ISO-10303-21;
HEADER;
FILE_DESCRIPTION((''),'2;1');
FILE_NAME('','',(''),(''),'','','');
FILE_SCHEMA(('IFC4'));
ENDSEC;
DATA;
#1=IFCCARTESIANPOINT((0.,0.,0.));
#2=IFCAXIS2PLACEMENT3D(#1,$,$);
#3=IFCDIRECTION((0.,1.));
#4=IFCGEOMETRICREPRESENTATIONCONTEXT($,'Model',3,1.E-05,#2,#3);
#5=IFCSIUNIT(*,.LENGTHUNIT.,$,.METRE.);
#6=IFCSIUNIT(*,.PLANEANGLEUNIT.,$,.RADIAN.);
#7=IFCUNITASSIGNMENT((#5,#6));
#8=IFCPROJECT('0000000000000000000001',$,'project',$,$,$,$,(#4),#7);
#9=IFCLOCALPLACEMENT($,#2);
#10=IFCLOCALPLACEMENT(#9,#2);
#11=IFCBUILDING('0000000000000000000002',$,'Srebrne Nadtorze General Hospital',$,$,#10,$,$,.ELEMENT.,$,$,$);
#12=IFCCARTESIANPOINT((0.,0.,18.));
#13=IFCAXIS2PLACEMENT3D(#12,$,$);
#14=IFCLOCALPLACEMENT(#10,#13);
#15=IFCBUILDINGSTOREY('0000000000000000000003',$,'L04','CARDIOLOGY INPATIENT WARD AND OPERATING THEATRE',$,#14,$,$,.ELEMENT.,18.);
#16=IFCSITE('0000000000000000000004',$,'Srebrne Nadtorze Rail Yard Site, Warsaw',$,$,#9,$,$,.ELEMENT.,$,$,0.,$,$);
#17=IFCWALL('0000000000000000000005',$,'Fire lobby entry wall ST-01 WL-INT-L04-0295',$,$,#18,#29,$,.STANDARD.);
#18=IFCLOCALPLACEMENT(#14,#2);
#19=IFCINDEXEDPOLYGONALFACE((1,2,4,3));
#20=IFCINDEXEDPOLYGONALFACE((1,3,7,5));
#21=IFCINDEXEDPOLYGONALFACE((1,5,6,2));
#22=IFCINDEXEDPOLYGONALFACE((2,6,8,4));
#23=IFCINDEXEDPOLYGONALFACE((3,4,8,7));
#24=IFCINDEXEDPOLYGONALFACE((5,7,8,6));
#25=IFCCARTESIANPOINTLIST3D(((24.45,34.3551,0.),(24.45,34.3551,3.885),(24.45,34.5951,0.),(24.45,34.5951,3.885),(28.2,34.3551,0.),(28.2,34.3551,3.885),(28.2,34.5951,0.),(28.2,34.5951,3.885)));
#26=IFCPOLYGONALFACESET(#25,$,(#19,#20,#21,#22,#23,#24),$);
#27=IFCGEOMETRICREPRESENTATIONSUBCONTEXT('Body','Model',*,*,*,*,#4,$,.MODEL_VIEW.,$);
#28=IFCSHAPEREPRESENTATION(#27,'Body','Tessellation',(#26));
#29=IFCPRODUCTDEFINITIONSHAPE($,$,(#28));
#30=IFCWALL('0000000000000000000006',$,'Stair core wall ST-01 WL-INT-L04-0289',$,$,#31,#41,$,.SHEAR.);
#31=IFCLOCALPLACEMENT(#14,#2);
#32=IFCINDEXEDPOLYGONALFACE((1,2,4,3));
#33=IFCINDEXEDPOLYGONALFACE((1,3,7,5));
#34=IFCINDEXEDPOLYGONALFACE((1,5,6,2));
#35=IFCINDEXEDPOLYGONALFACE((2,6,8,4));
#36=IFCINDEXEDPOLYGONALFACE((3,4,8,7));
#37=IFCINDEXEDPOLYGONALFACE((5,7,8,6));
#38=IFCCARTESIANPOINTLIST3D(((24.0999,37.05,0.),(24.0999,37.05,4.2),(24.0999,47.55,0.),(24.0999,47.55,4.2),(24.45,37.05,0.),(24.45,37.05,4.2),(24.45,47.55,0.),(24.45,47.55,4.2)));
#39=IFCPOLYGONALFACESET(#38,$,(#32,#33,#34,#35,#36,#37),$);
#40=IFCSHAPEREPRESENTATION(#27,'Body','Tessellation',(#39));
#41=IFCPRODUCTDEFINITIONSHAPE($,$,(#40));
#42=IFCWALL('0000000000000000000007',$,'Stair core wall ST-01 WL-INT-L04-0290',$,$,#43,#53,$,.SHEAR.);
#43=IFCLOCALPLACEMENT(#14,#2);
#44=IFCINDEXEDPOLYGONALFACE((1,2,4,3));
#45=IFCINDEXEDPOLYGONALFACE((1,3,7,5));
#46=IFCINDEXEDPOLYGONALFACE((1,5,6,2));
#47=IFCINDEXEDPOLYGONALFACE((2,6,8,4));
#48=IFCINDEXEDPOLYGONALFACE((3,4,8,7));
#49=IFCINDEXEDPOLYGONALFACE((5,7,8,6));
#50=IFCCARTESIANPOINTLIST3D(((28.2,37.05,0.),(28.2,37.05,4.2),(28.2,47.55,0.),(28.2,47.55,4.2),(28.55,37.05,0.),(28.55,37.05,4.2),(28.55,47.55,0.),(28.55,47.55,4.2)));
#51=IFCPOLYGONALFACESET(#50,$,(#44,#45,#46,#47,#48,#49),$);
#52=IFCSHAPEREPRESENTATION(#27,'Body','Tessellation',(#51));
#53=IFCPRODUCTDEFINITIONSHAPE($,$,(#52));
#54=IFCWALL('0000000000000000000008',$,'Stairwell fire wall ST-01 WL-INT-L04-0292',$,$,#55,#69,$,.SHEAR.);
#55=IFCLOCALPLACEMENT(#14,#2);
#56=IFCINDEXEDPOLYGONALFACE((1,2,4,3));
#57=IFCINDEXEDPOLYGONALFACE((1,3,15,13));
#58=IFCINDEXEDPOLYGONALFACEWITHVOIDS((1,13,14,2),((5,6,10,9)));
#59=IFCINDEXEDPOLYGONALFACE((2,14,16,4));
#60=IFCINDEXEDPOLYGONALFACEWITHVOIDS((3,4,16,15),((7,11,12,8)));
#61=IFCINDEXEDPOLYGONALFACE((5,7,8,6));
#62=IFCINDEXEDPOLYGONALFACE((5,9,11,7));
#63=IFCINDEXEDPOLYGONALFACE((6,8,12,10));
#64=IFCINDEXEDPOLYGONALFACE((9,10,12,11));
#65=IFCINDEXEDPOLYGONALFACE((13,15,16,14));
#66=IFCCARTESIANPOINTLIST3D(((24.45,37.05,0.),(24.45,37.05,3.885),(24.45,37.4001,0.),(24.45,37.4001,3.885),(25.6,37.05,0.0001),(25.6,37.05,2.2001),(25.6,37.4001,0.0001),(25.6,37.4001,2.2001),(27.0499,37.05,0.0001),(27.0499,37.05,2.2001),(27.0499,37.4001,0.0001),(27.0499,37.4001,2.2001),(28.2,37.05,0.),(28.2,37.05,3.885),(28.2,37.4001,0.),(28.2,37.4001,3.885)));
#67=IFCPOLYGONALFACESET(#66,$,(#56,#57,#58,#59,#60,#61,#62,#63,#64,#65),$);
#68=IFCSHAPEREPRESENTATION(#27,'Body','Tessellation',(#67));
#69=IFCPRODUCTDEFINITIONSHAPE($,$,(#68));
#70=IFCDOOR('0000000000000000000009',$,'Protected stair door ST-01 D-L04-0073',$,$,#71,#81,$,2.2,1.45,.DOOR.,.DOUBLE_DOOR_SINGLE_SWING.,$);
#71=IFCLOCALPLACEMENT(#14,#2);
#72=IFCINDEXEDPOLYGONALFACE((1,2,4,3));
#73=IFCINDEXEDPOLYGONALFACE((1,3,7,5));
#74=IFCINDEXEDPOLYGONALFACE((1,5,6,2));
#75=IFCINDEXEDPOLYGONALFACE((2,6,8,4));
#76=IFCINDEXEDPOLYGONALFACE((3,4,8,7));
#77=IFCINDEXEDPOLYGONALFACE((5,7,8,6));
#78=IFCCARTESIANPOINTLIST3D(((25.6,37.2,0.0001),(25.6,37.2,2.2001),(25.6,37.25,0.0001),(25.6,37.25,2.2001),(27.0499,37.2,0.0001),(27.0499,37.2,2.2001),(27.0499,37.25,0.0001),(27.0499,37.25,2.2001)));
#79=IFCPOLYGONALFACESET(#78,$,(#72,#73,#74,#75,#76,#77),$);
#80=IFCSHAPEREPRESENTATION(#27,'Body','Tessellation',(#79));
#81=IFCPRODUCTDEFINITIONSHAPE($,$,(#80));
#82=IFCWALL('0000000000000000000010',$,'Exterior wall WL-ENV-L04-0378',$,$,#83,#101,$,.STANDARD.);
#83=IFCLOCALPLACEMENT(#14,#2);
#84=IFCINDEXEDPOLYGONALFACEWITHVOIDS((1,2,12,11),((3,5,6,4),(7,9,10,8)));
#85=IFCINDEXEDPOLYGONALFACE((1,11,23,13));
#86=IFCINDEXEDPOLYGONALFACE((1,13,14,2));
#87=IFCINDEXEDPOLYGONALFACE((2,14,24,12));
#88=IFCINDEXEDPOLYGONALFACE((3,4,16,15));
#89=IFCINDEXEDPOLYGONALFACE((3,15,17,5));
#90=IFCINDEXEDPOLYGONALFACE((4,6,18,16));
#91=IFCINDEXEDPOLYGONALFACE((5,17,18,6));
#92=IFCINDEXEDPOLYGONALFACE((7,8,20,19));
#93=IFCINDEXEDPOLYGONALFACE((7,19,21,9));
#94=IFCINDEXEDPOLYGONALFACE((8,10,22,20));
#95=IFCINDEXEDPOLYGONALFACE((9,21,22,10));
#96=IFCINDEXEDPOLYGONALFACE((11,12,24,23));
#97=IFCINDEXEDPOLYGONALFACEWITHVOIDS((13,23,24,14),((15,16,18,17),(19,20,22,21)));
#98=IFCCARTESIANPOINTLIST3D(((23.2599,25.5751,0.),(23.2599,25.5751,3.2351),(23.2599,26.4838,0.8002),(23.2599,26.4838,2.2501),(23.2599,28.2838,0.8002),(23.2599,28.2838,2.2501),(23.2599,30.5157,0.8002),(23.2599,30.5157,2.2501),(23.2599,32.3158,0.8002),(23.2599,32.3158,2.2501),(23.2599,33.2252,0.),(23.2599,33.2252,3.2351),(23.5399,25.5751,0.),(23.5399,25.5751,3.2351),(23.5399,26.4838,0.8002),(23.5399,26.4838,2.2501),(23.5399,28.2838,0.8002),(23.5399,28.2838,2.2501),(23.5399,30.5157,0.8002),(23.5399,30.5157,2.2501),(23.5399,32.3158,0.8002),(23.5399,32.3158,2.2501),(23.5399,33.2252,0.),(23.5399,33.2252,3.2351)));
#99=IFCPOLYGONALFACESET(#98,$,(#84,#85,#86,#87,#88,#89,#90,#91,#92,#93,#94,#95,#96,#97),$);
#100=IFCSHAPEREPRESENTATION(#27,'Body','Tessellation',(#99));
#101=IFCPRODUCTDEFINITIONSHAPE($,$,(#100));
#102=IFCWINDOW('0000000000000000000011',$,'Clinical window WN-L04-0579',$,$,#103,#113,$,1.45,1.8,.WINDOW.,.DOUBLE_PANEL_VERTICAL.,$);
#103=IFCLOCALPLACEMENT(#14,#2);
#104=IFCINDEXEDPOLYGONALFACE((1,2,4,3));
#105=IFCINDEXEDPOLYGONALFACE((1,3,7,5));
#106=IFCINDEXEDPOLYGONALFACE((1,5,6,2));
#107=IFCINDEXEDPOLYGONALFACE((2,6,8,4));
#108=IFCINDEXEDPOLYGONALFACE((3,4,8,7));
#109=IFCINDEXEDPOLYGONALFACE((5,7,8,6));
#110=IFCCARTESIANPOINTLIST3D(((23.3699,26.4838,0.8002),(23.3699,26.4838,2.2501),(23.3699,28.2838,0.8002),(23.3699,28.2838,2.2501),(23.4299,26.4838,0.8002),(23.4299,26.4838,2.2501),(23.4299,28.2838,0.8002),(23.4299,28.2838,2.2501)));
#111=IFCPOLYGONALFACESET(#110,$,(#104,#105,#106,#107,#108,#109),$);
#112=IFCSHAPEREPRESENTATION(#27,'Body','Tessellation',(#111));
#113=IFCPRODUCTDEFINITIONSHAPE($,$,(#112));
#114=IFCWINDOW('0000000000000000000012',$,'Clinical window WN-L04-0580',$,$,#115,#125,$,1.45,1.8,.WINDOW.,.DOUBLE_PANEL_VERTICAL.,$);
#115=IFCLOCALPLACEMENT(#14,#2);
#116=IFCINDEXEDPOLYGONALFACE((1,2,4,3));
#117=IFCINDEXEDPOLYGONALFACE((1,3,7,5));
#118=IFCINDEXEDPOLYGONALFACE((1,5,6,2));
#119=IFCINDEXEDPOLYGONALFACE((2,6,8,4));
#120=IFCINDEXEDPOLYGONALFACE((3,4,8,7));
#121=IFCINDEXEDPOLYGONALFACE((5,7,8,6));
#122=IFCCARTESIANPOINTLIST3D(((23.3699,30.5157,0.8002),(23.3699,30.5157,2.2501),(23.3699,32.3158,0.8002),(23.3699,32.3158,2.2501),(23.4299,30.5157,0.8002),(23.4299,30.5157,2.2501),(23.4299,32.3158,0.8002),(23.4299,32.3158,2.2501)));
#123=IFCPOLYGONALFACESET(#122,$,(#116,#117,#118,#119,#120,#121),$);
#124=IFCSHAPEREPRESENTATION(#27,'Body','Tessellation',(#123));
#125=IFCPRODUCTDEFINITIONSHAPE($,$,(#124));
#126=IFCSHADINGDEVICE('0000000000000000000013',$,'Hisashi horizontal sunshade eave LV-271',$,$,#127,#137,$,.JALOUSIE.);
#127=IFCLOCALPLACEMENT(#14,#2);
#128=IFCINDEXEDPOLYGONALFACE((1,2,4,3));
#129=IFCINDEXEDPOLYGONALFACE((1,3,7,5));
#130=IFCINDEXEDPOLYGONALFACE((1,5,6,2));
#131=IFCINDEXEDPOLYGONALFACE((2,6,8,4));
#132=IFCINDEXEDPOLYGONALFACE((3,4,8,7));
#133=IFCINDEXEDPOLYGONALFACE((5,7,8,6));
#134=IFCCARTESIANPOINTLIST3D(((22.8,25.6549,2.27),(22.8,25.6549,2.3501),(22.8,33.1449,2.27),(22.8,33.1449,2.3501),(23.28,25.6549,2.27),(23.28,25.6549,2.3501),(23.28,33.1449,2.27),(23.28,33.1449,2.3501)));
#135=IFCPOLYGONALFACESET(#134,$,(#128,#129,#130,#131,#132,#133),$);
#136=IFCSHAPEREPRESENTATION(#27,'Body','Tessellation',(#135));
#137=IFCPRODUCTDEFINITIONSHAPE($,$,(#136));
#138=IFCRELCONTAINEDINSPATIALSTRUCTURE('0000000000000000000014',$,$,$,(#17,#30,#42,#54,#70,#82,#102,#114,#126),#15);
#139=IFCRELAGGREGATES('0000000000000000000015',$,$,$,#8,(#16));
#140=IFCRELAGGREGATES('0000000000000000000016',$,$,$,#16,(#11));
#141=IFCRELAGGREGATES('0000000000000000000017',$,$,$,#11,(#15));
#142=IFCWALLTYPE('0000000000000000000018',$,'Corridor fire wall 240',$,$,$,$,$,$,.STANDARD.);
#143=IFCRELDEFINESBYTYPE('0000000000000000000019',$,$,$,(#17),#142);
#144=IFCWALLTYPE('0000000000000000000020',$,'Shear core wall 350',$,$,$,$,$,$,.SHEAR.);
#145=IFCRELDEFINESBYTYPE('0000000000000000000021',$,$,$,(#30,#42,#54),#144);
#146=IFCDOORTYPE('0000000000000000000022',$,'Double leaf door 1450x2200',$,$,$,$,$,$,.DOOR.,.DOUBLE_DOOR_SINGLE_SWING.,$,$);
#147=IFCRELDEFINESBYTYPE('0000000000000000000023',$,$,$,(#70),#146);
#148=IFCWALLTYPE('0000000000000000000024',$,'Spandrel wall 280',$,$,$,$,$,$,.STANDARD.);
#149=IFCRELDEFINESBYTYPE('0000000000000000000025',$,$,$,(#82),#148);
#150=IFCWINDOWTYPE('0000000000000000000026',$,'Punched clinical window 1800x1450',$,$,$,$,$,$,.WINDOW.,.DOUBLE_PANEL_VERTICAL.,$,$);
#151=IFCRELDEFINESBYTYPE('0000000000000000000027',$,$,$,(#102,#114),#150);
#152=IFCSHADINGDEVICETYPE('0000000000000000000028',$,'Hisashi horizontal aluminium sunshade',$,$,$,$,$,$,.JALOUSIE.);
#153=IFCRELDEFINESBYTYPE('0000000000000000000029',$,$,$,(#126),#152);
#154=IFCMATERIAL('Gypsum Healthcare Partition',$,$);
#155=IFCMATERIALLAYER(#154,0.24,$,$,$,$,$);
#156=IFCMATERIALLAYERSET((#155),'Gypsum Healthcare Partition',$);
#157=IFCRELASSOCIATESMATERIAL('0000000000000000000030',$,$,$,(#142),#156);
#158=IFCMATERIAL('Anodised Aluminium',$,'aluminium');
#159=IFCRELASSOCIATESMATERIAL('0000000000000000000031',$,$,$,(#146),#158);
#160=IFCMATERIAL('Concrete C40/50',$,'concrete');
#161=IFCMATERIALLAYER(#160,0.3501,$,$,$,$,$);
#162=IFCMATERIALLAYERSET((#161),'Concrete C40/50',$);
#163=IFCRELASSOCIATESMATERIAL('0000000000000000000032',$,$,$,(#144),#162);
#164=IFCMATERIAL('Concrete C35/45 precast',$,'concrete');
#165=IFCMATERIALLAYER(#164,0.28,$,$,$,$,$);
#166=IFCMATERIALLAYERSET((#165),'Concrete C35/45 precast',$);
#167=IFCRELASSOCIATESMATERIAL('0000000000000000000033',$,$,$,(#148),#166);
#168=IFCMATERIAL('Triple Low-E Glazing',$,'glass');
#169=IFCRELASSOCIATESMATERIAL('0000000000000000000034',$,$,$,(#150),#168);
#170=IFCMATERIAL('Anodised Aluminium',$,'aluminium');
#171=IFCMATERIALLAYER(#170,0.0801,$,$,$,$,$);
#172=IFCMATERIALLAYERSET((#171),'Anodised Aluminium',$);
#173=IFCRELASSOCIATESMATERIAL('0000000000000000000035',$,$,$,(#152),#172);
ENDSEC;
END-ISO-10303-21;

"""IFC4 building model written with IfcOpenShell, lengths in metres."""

from ifc_helpers import new_model, si_unit, direction, frame, frame_2d, origin, origin_2d, place, context, subcontext, project, spatial, rectangle, extrude, material, layer, layer_set, type_object, element, fill, save


model = new_model("IFC4")

# Units and contexts
model_context = context("Model", 3, precision=1e-05, world=origin(), true_north=direction((0.0, 1.0)))
body_context = subcontext(model_context, "Body", "Model", "MODEL_VIEW")
ifc_project = project(units=[si_unit("LENGTHUNIT", "METRE"), si_unit("PLANEANGLEUNIT", "RADIAN")], contexts=[model_context])

# Site, building, storey
site_placement = place(None, origin())
site = spatial("IfcSite", under=ifc_project, at=site_placement, Name="Srebrne Nadtorze Rail Yard Site, Warsaw", CompositionType="ELEMENT", RefElevation=0.0)
building_placement = place(site_placement, origin())
building = spatial("IfcBuilding", under=site, at=building_placement, Name="Srebrne Nadtorze General Hospital", CompositionType="ELEMENT")
storey_placement = place(building_placement, frame((0.0, 0.0, 18.0)))
storey = spatial("IfcBuildingStorey", under=building, at=storey_placement, Name="L04", Description="CARDIOLOGY INPATIENT WARD AND OPERATING THEATRE", CompositionType="ELEMENT", Elevation=18.0)

# Shared definitions
ifc_material_1 = material(Name="Gypsum Healthcare Partition")
ifc_layer_1 = layer(ifc_material_1, 0.24)
ifc_layer_set_1 = layer_set([ifc_layer_1], Name="Gypsum Healthcare Partition")
wall_type_1 = type_object("IfcWallType", Name="Corridor fire wall 240", PredefinedType="STANDARD", material=ifc_layer_set_1)

# Shared definitions
ifc_material_2 = material(Name="Anodised Aluminium", Category="aluminium")
door_type = type_object("IfcDoorType", Name="Double leaf door 1450x2200", OperationType="DOUBLE_DOOR_SINGLE_SWING", PredefinedType="DOOR", material=ifc_material_2)

# Walls
wall_1_placement = place(storey_placement, frame((24.45, 34.4751, 0.0), z_axis=(0.0, 0.0, 1.0), x_axis=(1.0, 0.0, 0.0)))
element("IfcWall", 1, at=wall_1_placement, inside=storey, type_object=wall_type_1, Name="Fire lobby entry wall ST-01 WL-INT-L04-0295", PredefinedType="STANDARD", context=body_context, shape_type="SweptSolid", body=[
    extrude(rectangle(XDim=3.75, YDim=0.24, at=frame_2d((1.875, 0.0))), origin(), (0.0, 0.0, 1.0), 3.885),
])
ifc_material_3 = material(Name="Concrete C40/50", Category="concrete")
ifc_layer_2 = layer(ifc_material_3, 0.3501)
ifc_layer_set_2 = layer_set([ifc_layer_2], Name="Concrete C40/50")
wall_type_2 = type_object("IfcWallType", Name="Shear core wall 350", PredefinedType="SHEAR", material=ifc_layer_set_2)
for number, where, z_axis, x_axis, name in (
    (2, (24.2749, 37.05, 0.0), (0.0, 0.0, 1.0), (0.0, 1.0, 0.0), "Stair core wall ST-01 WL-INT-L04-0289"),
    (3, (28.375, 37.05, 0.0), (0.0, 0.0, 1.0), (0.0, 1.0, 0.0), "Stair core wall ST-01 WL-INT-L04-0290"),
):
    element("IfcWall", number, at=place(storey_placement, frame(where, z_axis=z_axis, x_axis=x_axis)), inside=storey, type_object=wall_type_2, Name=name, PredefinedType="SHEAR", context=body_context, shape_type="SweptSolid", body=[
        extrude(rectangle(XDim=10.5, YDim=0.3501, at=frame_2d((5.25, 0.0))), origin(), (0.0, 0.0, 1.0), 4.2),
    ])

# Wall, opening, door
wall_2_placement = place(storey_placement, frame((24.45, 37.2251, 0.0), z_axis=(0.0, 0.0, 1.0), x_axis=(1.0, 0.0, 0.0)))
wall_2 = element("IfcWall", 4, at=wall_2_placement, inside=storey, type_object=wall_type_2, Name="Stairwell fire wall ST-01 WL-INT-L04-0292", PredefinedType="SHEAR", context=body_context, shape_type="SweptSolid", body=[
    extrude(rectangle(XDim=3.75, YDim=0.3501, at=frame_2d((1.875, 0.0))), origin(), (0.0, 0.0, 1.0), 3.885),
])
opening_1_placement = place(wall_2_placement, frame((1.1499, 0.0, 0.0)))
opening_1 = element("IfcOpeningElement", 5, at=opening_1_placement, cuts=wall_2, PredefinedType="OPENING", context=body_context, shape_type="SweptSolid", body=[
    extrude(rectangle(XDim=1.45, YDim=2.2, at=frame_2d((0.7251, 1.1001))), frame((0.0, 0.187, 0.0), z_axis=(0.0, -1.0, 0.0), x_axis=(1.0, 0.0, 0.0)), (0.0, 0.0, 1.0), 0.374),
])
door_1_placement = place(opening_1_placement, origin())
door_1 = element("IfcDoor", 6, at=door_1_placement, inside=storey, type_object=door_type, Name="Protected stair door ST-01 D-L04-0073", OperationType="DOUBLE_DOOR_SINGLE_SWING", OverallHeight=2.2, OverallWidth=1.45, PredefinedType="DOOR", context=body_context, shape_type="SweptSolid", body=[
    extrude(rectangle(XDim=1.45, YDim=2.2, at=frame_2d((0.7251, 1.1001))), frame((0.0, 0.0249, 0.0), z_axis=(0.0, -1.0, 0.0), x_axis=(1.0, 0.0, 0.0)), (0.0, 0.0, 1.0), 0.05),
])
fill(opening_1, door_1)

# Wall, openings, windows
ifc_material_4 = material(Name="Concrete C35/45 precast", Category="concrete")
ifc_layer_3 = layer(ifc_material_4, 0.28)
ifc_layer_set_3 = layer_set([ifc_layer_3], Name="Concrete C35/45 precast")
wall_type_3 = type_object("IfcWallType", Name="Spandrel wall 280", PredefinedType="STANDARD", material=ifc_layer_set_3)
wall_3_placement = place(storey_placement, frame((23.3999, 25.575, 0.0), z_axis=(0.0, 0.0, 1.0), x_axis=(0.0, 1.0, 0.0)))
wall_3 = element("IfcWall", 7, at=wall_3_placement, inside=storey, type_object=wall_type_3, Name="Exterior wall WL-ENV-L04-0378", PredefinedType="STANDARD", context=body_context, shape_type="SweptSolid", body=[
    extrude(rectangle(XDim=7.6501, YDim=0.28, at=frame_2d((3.8252, 0.0))), origin(), (0.0, 0.0, 1.0), 3.2351),
])
opening_2_placement = place(wall_3_placement, frame((0.9089, 0.0, 0.8)))
opening_2 = element("IfcOpeningElement", 8, at=opening_2_placement, cuts=wall_3, PredefinedType="OPENING", context=body_context, shape_type="SweptSolid", body=[
    extrude(rectangle(XDim=1.8, YDim=1.45, at=frame_2d((0.8999, 0.7251))), frame((0.0, 0.1519, 0.0), z_axis=(0.0, -1.0, 0.0), x_axis=(1.0, 0.0, 0.0)), (0.0, 0.0, 1.0), 0.304),
])
opening_3_placement = place(wall_3_placement, frame((4.9409, 0.0, 0.8)))
opening_3 = element("IfcOpeningElement", 9, at=opening_3_placement, cuts=wall_3, PredefinedType="OPENING", context=body_context, shape_type="SweptSolid", body=[
    extrude(rectangle(XDim=1.8, YDim=1.45, at=frame_2d((0.8999, 0.7251))), frame((0.0, 0.1519, 0.0), z_axis=(0.0, -1.0, 0.0), x_axis=(1.0, 0.0, 0.0)), (0.0, 0.0, 1.0), 0.304),
])
ifc_material_5 = material(Name="Triple Low-E Glazing", Category="glass")
window_type_1 = type_object("IfcWindowType", Name="Punched clinical window 1800x1450", PartitioningType="DOUBLE_PANEL_VERTICAL", PredefinedType="WINDOW", material=ifc_material_5)
window_1_placement = place(opening_2_placement, origin())
window_1 = element("IfcWindow", 10, at=window_1_placement, inside=storey, type_object=window_type_1, Name="Clinical window WN-L04-0579", OverallHeight=1.45, OverallWidth=1.8, PartitioningType="DOUBLE_PANEL_VERTICAL", PredefinedType="WINDOW", context=body_context, shape_type="SweptSolid", body=[
    extrude(rectangle(XDim=1.8, YDim=1.45, at=frame_2d((0.8999, 0.7251))), frame((0.0, 0.03, 0.0), z_axis=(0.0, -1.0, 0.0), x_axis=(1.0, 0.0, 0.0)), (0.0, 0.0, 1.0), 0.0601),
])
fill(opening_2, window_1)
window_2_placement = place(opening_3_placement, origin())
window_2 = element("IfcWindow", 11, at=window_2_placement, inside=storey, type_object=window_type_1, Name="Clinical window WN-L04-0580", OverallHeight=1.45, OverallWidth=1.8, PartitioningType="DOUBLE_PANEL_VERTICAL", PredefinedType="WINDOW", context=body_context, shape_type="SweptSolid", body=[
    extrude(rectangle(XDim=1.8, YDim=1.45, at=frame_2d((0.8999, 0.7251))), frame((0.0, 0.03, 0.0), z_axis=(0.0, -1.0, 0.0), x_axis=(1.0, 0.0, 0.0)), (0.0, 0.0, 1.0), 0.0601),
])
fill(opening_3, window_2)

# Shading device
ifc_material_6 = material(Name="Anodised Aluminium", Category="aluminium")
ifc_layer_4 = layer(ifc_material_6, 0.0801)
ifc_layer_set_4 = layer_set([ifc_layer_4], Name="Anodised Aluminium")
shading_device_type = type_object("IfcShadingDeviceType", Name="Hisashi horizontal aluminium sunshade", PredefinedType="JALOUSIE", material=ifc_layer_set_4)
shading_device_placement = place(storey_placement, frame((23.04, 29.3999, 2.27), z_axis=(0.0, 0.0, 1.0), x_axis=(1.0, 0.0, 0.0)))
element("IfcShadingDevice", 12, at=shading_device_placement, inside=storey, type_object=shading_device_type, Name="Hisashi horizontal sunshade eave LV-271", PredefinedType="JALOUSIE", context=body_context, shape_type="SweptSolid", body=[
    extrude(rectangle(XDim=0.48, YDim=7.49, at=origin_2d()), origin(), (0.0, 0.0, 1.0), 0.0801),
])

save(model, "model.ifc")
